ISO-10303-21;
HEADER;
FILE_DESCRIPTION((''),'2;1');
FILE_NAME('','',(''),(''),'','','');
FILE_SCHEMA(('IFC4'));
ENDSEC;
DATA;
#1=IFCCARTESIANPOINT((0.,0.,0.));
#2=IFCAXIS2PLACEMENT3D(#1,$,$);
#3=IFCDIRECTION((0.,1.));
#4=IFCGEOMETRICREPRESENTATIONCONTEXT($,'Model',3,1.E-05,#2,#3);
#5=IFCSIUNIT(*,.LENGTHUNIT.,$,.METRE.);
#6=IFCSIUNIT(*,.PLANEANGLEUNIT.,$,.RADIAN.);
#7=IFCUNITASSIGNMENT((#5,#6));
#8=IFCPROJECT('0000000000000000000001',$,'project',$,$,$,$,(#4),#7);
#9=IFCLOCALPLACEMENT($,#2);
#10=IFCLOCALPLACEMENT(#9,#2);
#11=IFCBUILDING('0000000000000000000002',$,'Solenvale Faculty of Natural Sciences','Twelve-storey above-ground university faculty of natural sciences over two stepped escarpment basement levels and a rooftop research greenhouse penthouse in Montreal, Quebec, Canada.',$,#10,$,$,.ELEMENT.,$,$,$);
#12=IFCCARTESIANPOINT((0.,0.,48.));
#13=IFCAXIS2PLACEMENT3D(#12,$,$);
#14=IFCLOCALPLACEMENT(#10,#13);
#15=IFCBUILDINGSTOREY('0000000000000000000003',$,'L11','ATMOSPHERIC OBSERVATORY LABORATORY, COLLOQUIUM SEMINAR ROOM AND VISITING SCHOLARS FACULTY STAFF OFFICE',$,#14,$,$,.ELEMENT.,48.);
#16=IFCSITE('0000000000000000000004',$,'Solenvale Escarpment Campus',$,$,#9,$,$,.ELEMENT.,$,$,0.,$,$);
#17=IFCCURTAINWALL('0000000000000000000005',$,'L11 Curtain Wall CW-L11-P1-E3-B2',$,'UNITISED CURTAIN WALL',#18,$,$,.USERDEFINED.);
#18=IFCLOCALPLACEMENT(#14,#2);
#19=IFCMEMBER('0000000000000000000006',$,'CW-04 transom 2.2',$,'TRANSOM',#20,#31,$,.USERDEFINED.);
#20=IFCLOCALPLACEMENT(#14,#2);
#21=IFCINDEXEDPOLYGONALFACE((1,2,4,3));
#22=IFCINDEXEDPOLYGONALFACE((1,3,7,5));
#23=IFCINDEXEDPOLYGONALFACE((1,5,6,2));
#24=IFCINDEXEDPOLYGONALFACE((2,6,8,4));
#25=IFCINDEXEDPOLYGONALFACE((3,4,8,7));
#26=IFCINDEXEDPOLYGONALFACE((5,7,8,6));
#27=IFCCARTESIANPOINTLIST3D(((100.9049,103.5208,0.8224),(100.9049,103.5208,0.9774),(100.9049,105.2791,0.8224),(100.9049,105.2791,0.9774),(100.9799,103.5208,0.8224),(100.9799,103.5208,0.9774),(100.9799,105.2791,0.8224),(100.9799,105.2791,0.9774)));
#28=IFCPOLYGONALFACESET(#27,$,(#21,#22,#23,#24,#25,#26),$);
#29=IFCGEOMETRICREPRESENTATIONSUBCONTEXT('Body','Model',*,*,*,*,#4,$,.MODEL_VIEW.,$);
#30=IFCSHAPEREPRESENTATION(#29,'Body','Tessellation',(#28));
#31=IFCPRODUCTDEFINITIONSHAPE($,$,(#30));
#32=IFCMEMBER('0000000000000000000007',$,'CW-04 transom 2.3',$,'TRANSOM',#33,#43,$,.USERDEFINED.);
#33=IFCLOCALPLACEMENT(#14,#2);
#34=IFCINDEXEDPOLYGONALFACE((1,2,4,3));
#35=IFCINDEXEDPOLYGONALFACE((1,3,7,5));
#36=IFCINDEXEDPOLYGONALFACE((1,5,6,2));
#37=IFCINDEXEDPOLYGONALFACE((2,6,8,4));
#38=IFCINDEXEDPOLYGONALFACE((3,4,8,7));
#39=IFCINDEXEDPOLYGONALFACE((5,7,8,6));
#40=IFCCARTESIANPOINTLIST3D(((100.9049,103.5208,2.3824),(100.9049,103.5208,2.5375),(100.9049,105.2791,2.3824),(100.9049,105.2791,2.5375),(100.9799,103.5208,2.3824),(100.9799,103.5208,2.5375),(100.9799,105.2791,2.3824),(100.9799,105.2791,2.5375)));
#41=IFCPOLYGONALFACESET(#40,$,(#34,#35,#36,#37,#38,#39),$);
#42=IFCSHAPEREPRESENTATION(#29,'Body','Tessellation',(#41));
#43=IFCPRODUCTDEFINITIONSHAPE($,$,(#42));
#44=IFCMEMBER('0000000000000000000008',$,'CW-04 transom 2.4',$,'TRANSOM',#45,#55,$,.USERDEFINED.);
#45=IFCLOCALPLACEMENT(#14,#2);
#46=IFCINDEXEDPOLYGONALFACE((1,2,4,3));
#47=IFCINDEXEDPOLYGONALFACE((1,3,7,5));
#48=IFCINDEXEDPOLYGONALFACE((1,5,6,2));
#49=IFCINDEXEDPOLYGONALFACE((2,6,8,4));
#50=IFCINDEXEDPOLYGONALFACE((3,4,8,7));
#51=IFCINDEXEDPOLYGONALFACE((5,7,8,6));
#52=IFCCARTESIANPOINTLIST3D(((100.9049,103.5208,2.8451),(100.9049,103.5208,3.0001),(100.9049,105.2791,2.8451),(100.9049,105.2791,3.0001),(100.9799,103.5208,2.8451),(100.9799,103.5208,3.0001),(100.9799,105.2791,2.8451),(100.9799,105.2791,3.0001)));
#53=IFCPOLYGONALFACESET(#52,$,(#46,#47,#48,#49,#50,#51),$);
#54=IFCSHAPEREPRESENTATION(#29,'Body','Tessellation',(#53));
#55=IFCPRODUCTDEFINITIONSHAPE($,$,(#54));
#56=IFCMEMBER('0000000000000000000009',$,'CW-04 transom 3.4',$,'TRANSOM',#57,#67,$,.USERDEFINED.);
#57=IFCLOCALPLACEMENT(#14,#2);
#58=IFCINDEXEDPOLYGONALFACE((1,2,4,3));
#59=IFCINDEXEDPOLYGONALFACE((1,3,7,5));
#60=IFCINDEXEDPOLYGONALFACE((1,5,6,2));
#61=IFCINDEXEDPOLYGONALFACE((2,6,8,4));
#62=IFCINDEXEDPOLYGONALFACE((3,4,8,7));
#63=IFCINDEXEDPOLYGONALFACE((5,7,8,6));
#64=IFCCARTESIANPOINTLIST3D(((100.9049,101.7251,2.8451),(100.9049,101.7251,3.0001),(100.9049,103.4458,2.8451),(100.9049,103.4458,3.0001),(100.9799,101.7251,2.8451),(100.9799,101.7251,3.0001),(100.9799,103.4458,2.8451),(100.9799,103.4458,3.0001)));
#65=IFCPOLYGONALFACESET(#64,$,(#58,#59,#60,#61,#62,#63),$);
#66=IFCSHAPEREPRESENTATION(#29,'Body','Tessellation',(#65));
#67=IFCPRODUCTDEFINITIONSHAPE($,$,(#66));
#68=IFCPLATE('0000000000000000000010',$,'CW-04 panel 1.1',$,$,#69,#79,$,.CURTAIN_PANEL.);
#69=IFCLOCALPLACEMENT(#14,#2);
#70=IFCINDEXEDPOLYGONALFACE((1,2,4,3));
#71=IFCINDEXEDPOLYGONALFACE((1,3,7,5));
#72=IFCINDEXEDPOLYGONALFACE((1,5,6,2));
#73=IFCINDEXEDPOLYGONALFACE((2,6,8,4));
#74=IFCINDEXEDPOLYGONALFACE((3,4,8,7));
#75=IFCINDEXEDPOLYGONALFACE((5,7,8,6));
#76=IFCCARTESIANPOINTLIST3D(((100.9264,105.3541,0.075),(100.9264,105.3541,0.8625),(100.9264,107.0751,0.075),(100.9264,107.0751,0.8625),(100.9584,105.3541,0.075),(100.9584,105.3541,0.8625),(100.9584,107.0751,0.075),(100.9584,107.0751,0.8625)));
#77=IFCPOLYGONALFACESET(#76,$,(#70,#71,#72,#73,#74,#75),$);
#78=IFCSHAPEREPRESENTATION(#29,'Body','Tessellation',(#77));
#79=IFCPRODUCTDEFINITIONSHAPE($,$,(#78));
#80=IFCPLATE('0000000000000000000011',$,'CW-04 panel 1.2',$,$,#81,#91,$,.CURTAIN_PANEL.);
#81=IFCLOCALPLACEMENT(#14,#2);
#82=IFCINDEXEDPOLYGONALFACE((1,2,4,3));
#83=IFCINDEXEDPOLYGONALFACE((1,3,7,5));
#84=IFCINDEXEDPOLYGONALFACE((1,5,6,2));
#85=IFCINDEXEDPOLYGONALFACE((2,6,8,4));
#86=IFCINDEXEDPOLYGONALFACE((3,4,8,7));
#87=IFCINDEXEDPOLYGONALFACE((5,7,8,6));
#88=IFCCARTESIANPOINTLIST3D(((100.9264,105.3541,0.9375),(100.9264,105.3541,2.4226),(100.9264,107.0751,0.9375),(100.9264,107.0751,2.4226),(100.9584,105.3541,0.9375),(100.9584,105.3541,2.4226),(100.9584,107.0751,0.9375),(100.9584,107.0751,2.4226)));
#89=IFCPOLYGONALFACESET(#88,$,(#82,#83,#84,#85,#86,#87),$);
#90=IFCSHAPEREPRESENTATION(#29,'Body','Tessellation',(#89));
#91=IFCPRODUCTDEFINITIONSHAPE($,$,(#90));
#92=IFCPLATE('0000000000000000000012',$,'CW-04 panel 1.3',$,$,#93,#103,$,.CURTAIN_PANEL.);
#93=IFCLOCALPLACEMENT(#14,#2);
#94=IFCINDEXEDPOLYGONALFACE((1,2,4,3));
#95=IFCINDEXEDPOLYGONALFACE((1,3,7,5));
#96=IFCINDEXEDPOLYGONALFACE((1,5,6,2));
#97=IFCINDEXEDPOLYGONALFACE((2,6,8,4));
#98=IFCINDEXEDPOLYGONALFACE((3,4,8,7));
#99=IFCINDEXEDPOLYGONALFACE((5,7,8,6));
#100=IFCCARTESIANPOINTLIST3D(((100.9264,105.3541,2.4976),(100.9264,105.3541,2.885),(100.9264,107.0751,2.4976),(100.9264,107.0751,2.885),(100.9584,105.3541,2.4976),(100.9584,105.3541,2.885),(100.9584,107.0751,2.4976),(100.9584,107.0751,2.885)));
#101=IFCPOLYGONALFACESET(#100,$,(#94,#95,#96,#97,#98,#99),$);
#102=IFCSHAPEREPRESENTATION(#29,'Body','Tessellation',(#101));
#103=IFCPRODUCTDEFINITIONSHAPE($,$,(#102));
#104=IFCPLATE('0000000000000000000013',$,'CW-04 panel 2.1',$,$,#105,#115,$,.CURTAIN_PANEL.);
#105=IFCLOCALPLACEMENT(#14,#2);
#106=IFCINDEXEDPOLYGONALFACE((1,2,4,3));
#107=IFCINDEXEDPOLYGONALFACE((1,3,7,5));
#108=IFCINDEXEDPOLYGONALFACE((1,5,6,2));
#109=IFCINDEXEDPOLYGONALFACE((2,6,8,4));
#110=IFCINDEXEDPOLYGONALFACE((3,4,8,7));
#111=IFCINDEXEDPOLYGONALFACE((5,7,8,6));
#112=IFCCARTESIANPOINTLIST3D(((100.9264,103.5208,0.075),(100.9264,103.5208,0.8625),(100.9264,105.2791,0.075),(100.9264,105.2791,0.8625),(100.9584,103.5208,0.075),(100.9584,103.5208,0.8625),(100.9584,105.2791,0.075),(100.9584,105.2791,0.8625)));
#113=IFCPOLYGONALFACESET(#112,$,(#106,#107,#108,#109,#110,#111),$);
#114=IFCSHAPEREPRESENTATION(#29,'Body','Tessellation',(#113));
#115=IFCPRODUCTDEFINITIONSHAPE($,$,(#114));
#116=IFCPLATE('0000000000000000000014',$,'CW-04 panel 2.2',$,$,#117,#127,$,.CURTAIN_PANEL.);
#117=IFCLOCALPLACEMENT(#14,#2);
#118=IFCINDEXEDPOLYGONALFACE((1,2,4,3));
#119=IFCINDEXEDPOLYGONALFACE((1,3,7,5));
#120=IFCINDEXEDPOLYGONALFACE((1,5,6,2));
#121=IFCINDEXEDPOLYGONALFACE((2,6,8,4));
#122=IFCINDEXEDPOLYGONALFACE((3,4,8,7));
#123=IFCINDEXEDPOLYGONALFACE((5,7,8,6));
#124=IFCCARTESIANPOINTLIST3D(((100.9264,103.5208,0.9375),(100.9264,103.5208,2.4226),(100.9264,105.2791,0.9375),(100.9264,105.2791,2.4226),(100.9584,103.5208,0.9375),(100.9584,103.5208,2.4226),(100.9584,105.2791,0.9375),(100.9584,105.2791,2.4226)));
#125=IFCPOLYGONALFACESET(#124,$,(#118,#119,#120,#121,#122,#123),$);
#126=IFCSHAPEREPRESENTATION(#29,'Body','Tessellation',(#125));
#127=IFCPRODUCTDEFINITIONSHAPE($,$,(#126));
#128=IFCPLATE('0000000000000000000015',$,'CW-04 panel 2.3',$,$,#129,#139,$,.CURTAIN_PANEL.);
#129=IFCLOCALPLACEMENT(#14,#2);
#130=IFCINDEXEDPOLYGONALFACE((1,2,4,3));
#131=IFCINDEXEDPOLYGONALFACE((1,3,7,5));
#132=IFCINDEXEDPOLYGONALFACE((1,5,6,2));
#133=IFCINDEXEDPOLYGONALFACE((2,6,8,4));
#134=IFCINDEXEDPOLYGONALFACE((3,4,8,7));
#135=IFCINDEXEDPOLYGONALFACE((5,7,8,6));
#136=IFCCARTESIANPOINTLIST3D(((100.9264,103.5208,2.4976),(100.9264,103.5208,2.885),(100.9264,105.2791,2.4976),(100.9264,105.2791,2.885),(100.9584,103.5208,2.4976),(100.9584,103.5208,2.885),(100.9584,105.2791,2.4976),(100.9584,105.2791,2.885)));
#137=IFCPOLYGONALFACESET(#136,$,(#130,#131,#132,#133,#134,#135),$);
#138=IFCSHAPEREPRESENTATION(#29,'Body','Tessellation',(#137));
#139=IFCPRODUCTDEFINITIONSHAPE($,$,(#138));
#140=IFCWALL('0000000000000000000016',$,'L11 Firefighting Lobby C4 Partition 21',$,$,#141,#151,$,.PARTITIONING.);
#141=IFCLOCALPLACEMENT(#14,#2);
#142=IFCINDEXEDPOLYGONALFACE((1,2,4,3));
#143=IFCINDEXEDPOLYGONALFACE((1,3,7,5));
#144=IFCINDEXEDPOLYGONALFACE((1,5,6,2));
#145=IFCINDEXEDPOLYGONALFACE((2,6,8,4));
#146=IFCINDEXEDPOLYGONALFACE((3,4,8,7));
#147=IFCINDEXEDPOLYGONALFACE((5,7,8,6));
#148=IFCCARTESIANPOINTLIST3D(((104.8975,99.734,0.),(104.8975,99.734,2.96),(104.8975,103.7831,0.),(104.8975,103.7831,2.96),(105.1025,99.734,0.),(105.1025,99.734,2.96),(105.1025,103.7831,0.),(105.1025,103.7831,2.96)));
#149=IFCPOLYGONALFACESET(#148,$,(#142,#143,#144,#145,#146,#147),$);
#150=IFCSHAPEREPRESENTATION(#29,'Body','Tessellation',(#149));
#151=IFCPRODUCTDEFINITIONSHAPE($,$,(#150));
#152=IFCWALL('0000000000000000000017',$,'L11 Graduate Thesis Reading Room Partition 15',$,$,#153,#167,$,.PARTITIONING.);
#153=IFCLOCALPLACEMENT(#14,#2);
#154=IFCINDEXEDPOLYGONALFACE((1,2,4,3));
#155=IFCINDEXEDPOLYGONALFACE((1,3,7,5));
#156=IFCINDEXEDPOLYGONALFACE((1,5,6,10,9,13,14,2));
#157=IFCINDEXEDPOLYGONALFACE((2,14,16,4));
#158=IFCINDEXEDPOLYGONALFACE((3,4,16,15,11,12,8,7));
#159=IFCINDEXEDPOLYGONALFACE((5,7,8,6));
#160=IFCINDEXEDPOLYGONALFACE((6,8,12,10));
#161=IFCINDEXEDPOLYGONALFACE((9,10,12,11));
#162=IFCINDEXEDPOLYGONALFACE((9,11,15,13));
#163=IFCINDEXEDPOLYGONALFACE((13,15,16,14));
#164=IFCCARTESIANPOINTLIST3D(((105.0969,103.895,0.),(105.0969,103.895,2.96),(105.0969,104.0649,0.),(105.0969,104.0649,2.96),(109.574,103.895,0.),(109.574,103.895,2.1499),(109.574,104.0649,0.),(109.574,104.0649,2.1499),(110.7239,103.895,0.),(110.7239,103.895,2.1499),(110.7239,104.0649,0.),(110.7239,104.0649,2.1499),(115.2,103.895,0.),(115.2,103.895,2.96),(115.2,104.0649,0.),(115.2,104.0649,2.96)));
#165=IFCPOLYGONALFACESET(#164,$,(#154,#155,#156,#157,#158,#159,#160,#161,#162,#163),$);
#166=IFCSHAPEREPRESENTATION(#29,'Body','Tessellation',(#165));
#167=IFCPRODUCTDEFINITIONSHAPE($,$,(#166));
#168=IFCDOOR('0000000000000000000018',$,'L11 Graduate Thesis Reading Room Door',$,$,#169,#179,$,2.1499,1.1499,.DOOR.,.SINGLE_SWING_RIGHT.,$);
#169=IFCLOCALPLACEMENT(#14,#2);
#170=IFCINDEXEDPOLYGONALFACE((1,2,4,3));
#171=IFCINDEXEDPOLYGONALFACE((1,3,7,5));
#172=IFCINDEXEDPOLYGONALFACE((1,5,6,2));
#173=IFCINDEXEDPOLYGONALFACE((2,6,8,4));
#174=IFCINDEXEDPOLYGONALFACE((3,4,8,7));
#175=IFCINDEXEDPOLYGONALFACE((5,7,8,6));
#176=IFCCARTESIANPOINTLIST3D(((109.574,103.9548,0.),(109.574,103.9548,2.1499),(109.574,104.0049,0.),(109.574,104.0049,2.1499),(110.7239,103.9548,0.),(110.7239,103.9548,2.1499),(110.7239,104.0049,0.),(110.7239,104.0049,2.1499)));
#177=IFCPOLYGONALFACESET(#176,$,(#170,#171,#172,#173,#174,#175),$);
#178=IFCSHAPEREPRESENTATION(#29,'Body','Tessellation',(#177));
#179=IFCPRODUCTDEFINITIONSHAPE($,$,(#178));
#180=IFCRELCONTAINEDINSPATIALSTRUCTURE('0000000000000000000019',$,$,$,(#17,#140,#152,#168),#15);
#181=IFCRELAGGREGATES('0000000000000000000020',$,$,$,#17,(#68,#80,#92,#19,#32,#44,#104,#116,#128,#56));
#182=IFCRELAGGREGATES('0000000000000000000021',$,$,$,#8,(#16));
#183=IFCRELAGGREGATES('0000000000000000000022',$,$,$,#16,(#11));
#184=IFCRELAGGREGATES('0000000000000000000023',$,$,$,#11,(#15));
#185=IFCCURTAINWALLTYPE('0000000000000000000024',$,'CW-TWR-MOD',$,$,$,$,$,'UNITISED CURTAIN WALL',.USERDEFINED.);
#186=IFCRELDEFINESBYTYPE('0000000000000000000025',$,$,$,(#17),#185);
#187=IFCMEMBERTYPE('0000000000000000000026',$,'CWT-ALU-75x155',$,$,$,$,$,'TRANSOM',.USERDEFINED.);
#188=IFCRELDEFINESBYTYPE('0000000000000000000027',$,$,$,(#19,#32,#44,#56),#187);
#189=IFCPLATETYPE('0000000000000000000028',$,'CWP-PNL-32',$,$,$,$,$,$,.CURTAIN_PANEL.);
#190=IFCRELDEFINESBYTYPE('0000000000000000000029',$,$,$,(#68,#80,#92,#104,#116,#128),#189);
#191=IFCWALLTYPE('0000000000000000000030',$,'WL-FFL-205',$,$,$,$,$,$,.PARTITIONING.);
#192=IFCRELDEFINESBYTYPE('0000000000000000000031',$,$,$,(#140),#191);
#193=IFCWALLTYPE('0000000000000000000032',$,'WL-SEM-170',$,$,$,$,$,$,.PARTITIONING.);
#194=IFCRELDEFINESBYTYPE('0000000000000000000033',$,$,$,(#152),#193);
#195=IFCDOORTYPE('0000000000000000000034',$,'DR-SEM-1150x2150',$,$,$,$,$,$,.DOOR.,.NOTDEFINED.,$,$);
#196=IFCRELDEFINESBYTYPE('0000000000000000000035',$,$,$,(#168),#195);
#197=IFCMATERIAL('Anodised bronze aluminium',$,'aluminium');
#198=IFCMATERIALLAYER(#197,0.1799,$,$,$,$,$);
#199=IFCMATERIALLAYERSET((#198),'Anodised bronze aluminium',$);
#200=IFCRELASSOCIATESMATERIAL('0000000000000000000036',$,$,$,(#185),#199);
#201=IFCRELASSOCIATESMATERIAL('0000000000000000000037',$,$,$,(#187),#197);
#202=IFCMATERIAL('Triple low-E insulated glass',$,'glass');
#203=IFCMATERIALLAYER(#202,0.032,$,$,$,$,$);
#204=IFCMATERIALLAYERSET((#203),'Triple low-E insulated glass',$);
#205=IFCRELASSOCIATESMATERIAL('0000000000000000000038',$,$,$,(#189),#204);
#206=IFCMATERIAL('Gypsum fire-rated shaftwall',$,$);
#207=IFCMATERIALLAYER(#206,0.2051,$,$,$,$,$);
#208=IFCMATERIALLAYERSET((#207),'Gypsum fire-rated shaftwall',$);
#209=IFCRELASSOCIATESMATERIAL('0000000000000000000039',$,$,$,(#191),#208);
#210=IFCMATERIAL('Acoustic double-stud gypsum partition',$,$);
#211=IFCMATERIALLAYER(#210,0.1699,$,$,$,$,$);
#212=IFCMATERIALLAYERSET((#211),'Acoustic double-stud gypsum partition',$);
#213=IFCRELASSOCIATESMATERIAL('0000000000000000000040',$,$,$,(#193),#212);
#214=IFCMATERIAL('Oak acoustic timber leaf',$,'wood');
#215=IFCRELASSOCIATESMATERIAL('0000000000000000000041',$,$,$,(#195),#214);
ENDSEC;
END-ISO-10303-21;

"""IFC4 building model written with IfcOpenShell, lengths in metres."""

from ifc_helpers import new_model, si_unit, direction, frame, frame_2d, origin, origin_2d, place, context, subcontext, project, spatial, rectangle, extrude, material, layer, layer_set, material_profile, profile_set, type_object, element, fill, aggregate, save


model = new_model("IFC4")

# Units and contexts
model_context = context("Model", 3, precision=1e-05, world=origin(), true_north=direction((0.0, 1.0)))
body_context = subcontext(model_context, "Body", "Model", "MODEL_VIEW")
ifc_project = project(units=[si_unit("LENGTHUNIT", "METRE"), si_unit("PLANEANGLEUNIT", "RADIAN")], contexts=[model_context])

# Site, building, storey
site_placement = place(None, origin())
site = spatial("IfcSite", under=ifc_project, at=site_placement, Name="Solenvale Escarpment Campus", CompositionType="ELEMENT", RefElevation=0.0)
building_placement = place(site_placement, origin())
building = spatial("IfcBuilding", under=site, at=building_placement, Name="Solenvale Faculty of Natural Sciences", Description="Twelve-storey above-ground university faculty of natural sciences over two stepped escarpment basement levels and a rooftop research greenhouse penthouse in Montreal, Quebec, Canada.", CompositionType="ELEMENT")
storey_placement = place(building_placement, frame((0.0, 0.0, 48.0)))
storey = spatial("IfcBuildingStorey", under=building, at=storey_placement, Name="L11", Description="ATMOSPHERIC OBSERVATORY LABORATORY, COLLOQUIUM SEMINAR ROOM AND VISITING SCHOLARS FACULTY STAFF OFFICE", CompositionType="ELEMENT", Elevation=48.0)

# Curtain wall, members, plates
ifc_material_1 = material(Name="Anodised bronze aluminium", Category="aluminium")
ifc_layer_1 = layer(ifc_material_1, 0.1799)
ifc_layer_set_1 = layer_set([ifc_layer_1], Name="Anodised bronze aluminium")
curtain_wall_type = type_object("IfcCurtainWallType", Name="CW-TWR-MOD", ElementType="UNITISED CURTAIN WALL", PredefinedType="USERDEFINED", material=ifc_layer_set_1)
curtain_wall_placement = place(storey_placement, origin())
curtain_wall = element("IfcCurtainWall", 1, at=curtain_wall_placement, inside=storey, type_object=curtain_wall_type, Name="L11 Curtain Wall CW-L11-P1-E3-B2", ObjectType="UNITISED CURTAIN WALL", PredefinedType="USERDEFINED")
ifc_material_profile_1 = material_profile(ifc_material_1, rectangle(XDim=0.075, YDim=0.155, at=origin_2d()), Name="ALU-TRN-75x155")
ifc_profile_set_1 = profile_set([ifc_material_profile_1], Name="Anodised bronze aluminium")
member_type_1 = type_object("IfcMemberType", Name="CWT-ALU-75x155", ElementType="TRANSOM", PredefinedType="USERDEFINED", material=ifc_profile_set_1)
member_1_placement = place(storey_placement, frame((100.9424, 105.2791, 0.8999), z_axis=(0.0, -1.0, 0.0), x_axis=(1.0, 0.0, 0.0)))
member_1 = element("IfcMember", 2, at=member_1_placement, type_object=member_type_1, Name="CW-04 transom 2.2", ObjectType="TRANSOM", PredefinedType="USERDEFINED", context=body_context, shape_type="SweptSolid", body=[
    extrude(rectangle(XDim=0.075, YDim=0.155, at=origin_2d()), origin(), (0.0, 0.0, 1.0), 1.7583),
])
member_2_placement = place(storey_placement, frame((100.9424, 105.2791, 2.46), z_axis=(0.0, -1.0, 0.0), x_axis=(1.0, 0.0, 0.0)))
member_2 = element("IfcMember", 3, at=member_2_placement, type_object=member_type_1, Name="CW-04 transom 2.3", ObjectType="TRANSOM", PredefinedType="USERDEFINED", context=body_context, shape_type="SweptSolid", body=[
    extrude(rectangle(XDim=0.075, YDim=0.155, at=origin_2d()), origin(), (0.0, 0.0, 1.0), 1.7583),
])
member_3_placement = place(storey_placement, frame((100.9424, 105.2791, 2.9226), z_axis=(0.0, -1.0, 0.0), x_axis=(1.0, 0.0, 0.0)))
member_3 = element("IfcMember", 4, at=member_3_placement, type_object=member_type_1, Name="CW-04 transom 2.4", ObjectType="TRANSOM", PredefinedType="USERDEFINED", context=body_context, shape_type="SweptSolid", body=[
    extrude(rectangle(XDim=0.075, YDim=0.155, at=origin_2d()), origin(), (0.0, 0.0, 1.0), 1.7583),
])
member_4_placement = place(storey_placement, frame((100.9424, 103.4458, 2.9226), z_axis=(0.0, -1.0, 0.0), x_axis=(1.0, 0.0, 0.0)))
member_4 = element("IfcMember", 5, at=member_4_placement, type_object=member_type_1, Name="CW-04 transom 3.4", ObjectType="TRANSOM", PredefinedType="USERDEFINED", context=body_context, shape_type="SweptSolid", body=[
    extrude(rectangle(XDim=0.075, YDim=0.155, at=origin_2d()), origin(), (0.0, 0.0, 1.0), 1.7207),
])
ifc_material_2 = material(Name="Triple low-E insulated glass", Category="glass")
ifc_layer_2 = layer(ifc_material_2, 0.032)
ifc_layer_set_2 = layer_set([ifc_layer_2], Name="Triple low-E insulated glass")
plate_type = type_object("IfcPlateType", Name="CWP-PNL-32", PredefinedType="CURTAIN_PANEL", material=ifc_layer_set_2)
plate_1_placement = place(storey_placement, frame((100.9424, 106.2146, 0.075), z_axis=(0.0, 0.0, 1.0), x_axis=(0.0, -1.0, 0.0)))
plate_1 = element("IfcPlate", 6, at=plate_1_placement, type_object=plate_type, Name="CW-04 panel 1.1", PredefinedType="CURTAIN_PANEL", context=body_context, shape_type="SweptSolid", body=[
    extrude(rectangle(XDim=1.7209, YDim=0.032, at=origin_2d()), origin(), (0.0, 0.0, 1.0), 0.7876),
])
plate_2_placement = place(storey_placement, frame((100.9424, 106.2146, 0.9375), z_axis=(0.0, 0.0, 1.0), x_axis=(0.0, -1.0, 0.0)))
plate_2 = element("IfcPlate", 7, at=plate_2_placement, type_object=plate_type, Name="CW-04 panel 1.2", PredefinedType="CURTAIN_PANEL", context=body_context, shape_type="SweptSolid", body=[
    extrude(rectangle(XDim=1.7209, YDim=0.032, at=origin_2d()), origin(), (0.0, 0.0, 1.0), 1.4851),
])
plate_3_placement = place(storey_placement, frame((100.9424, 106.2146, 2.4976), z_axis=(0.0, 0.0, 1.0), x_axis=(0.0, -1.0, 0.0)))
plate_3 = element("IfcPlate", 8, at=plate_3_placement, type_object=plate_type, Name="CW-04 panel 1.3", PredefinedType="CURTAIN_PANEL", context=body_context, shape_type="SweptSolid", body=[
    extrude(rectangle(XDim=1.7209, YDim=0.032, at=origin_2d()), origin(), (0.0, 0.0, 1.0), 0.3875),
])
plate_4_placement = place(storey_placement, frame((100.9424, 104.3999, 0.075), z_axis=(0.0, 0.0, 1.0), x_axis=(0.0, -1.0, 0.0)))
plate_4 = element("IfcPlate", 9, at=plate_4_placement, type_object=plate_type, Name="CW-04 panel 2.1", PredefinedType="CURTAIN_PANEL", context=body_context, shape_type="SweptSolid", body=[
    extrude(rectangle(XDim=1.7583, YDim=0.032, at=origin_2d()), origin(), (0.0, 0.0, 1.0), 0.7876),
])
plate_5_placement = place(storey_placement, frame((100.9424, 104.3999, 0.9375), z_axis=(0.0, 0.0, 1.0), x_axis=(0.0, -1.0, 0.0)))
plate_5 = element("IfcPlate", 10, at=plate_5_placement, type_object=plate_type, Name="CW-04 panel 2.2", PredefinedType="CURTAIN_PANEL", context=body_context, shape_type="SweptSolid", body=[
    extrude(rectangle(XDim=1.7583, YDim=0.032, at=origin_2d()), origin(), (0.0, 0.0, 1.0), 1.4851),
])
plate_6_placement = place(storey_placement, frame((100.9424, 104.3999, 2.4976), z_axis=(0.0, 0.0, 1.0), x_axis=(0.0, -1.0, 0.0)))
plate_6 = element("IfcPlate", 11, at=plate_6_placement, type_object=plate_type, Name="CW-04 panel 2.3", PredefinedType="CURTAIN_PANEL", context=body_context, shape_type="SweptSolid", body=[
    extrude(rectangle(XDim=1.7583, YDim=0.032, at=origin_2d()), origin(), (0.0, 0.0, 1.0), 0.3875),
])
aggregate(curtain_wall, [plate_1, plate_2, plate_3, member_1, member_2, member_3, plate_4, plate_5, plate_6, member_4])

# Shared definitions
ifc_material_3 = material(Name="Gypsum fire-rated shaftwall")
ifc_layer_3 = layer(ifc_material_3, 0.2051)
ifc_layer_set_3 = layer_set([ifc_layer_3], Name="Gypsum fire-rated shaftwall")
wall_type_1 = type_object("IfcWallType", Name="WL-FFL-205", PredefinedType="PARTITIONING", material=ifc_layer_set_3)

# Wall
wall_1_placement = place(storey_placement, frame((105.0, 103.783, 0.0), z_axis=(0.0, 0.0, 1.0), x_axis=(0.0, -1.0, 0.0)))
element("IfcWall", 12, at=wall_1_placement, inside=storey, type_object=wall_type_1, Name="L11 Firefighting Lobby C4 Partition 21", PredefinedType="PARTITIONING", context=body_context, shape_type="SweptSolid", body=[
    extrude(rectangle(XDim=4.0491, YDim=0.2051, at=frame_2d((2.0244, 0.0))), origin(), (0.0, 0.0, 1.0), 2.96),
])

# Wall, opening, door
ifc_material_4 = material(Name="Acoustic double-stud gypsum partition")
ifc_layer_4 = layer(ifc_material_4, 0.1699)
ifc_layer_set_4 = layer_set([ifc_layer_4], Name="Acoustic double-stud gypsum partition")
wall_type_2 = type_object("IfcWallType", Name="WL-SEM-170", PredefinedType="PARTITIONING", material=ifc_layer_set_4)
wall_2_placement = place(storey_placement, frame((105.0969, 103.98, 0.0), z_axis=(0.0, 0.0, 1.0), x_axis=(1.0, 0.0, 0.0)))
wall_2 = element("IfcWall", 13, at=wall_2_placement, inside=storey, type_object=wall_type_2, Name="L11 Graduate Thesis Reading Room Partition 15", PredefinedType="PARTITIONING", context=body_context, shape_type="SweptSolid", body=[
    extrude(rectangle(XDim=10.103, YDim=0.1699, at=frame_2d((5.0515, 0.0))), origin(), (0.0, 0.0, 1.0), 2.96),
])
opening_1_placement = place(wall_2_placement, frame((4.4771, 0.0, 0.0)))
opening_1 = element("IfcOpeningElement", 14, at=opening_1_placement, cuts=wall_2, PredefinedType="OPENING", context=body_context, shape_type="SweptSolid", body=[
    extrude(rectangle(XDim=1.1499, YDim=2.1499, at=frame_2d((0.575, 1.075))), frame((0.0, 0.095, 0.0), z_axis=(0.0, -1.0, 0.0), x_axis=(1.0, 0.0, 0.0)), (0.0, 0.0, 1.0), 0.1899),
])
ifc_material_5 = material(Name="Oak acoustic timber leaf", Category="wood")
door_type_1 = type_object("IfcDoorType", Name="DR-SEM-1150x2150", OperationType="NOTDEFINED", PredefinedType="DOOR", material=ifc_material_5)
door_1_placement = place(opening_1_placement, origin())
door_1 = element("IfcDoor", 15, at=door_1_placement, inside=storey, type_object=door_type_1, Name="L11 Graduate Thesis Reading Room Door", OperationType="SINGLE_SWING_RIGHT", OverallHeight=2.1499, OverallWidth=1.1499, PredefinedType="DOOR", context=body_context, shape_type="SweptSolid", body=[
    extrude(rectangle(XDim=1.1499, YDim=2.1499, at=frame_2d((0.575, 1.075))), frame((0.0, 0.0249, 0.0), z_axis=(0.0, -1.0, 0.0), x_axis=(1.0, 0.0, 0.0)), (0.0, 0.0, 1.0), 0.05),
])
fill(opening_1, door_1)

save(model, "model.ifc")
